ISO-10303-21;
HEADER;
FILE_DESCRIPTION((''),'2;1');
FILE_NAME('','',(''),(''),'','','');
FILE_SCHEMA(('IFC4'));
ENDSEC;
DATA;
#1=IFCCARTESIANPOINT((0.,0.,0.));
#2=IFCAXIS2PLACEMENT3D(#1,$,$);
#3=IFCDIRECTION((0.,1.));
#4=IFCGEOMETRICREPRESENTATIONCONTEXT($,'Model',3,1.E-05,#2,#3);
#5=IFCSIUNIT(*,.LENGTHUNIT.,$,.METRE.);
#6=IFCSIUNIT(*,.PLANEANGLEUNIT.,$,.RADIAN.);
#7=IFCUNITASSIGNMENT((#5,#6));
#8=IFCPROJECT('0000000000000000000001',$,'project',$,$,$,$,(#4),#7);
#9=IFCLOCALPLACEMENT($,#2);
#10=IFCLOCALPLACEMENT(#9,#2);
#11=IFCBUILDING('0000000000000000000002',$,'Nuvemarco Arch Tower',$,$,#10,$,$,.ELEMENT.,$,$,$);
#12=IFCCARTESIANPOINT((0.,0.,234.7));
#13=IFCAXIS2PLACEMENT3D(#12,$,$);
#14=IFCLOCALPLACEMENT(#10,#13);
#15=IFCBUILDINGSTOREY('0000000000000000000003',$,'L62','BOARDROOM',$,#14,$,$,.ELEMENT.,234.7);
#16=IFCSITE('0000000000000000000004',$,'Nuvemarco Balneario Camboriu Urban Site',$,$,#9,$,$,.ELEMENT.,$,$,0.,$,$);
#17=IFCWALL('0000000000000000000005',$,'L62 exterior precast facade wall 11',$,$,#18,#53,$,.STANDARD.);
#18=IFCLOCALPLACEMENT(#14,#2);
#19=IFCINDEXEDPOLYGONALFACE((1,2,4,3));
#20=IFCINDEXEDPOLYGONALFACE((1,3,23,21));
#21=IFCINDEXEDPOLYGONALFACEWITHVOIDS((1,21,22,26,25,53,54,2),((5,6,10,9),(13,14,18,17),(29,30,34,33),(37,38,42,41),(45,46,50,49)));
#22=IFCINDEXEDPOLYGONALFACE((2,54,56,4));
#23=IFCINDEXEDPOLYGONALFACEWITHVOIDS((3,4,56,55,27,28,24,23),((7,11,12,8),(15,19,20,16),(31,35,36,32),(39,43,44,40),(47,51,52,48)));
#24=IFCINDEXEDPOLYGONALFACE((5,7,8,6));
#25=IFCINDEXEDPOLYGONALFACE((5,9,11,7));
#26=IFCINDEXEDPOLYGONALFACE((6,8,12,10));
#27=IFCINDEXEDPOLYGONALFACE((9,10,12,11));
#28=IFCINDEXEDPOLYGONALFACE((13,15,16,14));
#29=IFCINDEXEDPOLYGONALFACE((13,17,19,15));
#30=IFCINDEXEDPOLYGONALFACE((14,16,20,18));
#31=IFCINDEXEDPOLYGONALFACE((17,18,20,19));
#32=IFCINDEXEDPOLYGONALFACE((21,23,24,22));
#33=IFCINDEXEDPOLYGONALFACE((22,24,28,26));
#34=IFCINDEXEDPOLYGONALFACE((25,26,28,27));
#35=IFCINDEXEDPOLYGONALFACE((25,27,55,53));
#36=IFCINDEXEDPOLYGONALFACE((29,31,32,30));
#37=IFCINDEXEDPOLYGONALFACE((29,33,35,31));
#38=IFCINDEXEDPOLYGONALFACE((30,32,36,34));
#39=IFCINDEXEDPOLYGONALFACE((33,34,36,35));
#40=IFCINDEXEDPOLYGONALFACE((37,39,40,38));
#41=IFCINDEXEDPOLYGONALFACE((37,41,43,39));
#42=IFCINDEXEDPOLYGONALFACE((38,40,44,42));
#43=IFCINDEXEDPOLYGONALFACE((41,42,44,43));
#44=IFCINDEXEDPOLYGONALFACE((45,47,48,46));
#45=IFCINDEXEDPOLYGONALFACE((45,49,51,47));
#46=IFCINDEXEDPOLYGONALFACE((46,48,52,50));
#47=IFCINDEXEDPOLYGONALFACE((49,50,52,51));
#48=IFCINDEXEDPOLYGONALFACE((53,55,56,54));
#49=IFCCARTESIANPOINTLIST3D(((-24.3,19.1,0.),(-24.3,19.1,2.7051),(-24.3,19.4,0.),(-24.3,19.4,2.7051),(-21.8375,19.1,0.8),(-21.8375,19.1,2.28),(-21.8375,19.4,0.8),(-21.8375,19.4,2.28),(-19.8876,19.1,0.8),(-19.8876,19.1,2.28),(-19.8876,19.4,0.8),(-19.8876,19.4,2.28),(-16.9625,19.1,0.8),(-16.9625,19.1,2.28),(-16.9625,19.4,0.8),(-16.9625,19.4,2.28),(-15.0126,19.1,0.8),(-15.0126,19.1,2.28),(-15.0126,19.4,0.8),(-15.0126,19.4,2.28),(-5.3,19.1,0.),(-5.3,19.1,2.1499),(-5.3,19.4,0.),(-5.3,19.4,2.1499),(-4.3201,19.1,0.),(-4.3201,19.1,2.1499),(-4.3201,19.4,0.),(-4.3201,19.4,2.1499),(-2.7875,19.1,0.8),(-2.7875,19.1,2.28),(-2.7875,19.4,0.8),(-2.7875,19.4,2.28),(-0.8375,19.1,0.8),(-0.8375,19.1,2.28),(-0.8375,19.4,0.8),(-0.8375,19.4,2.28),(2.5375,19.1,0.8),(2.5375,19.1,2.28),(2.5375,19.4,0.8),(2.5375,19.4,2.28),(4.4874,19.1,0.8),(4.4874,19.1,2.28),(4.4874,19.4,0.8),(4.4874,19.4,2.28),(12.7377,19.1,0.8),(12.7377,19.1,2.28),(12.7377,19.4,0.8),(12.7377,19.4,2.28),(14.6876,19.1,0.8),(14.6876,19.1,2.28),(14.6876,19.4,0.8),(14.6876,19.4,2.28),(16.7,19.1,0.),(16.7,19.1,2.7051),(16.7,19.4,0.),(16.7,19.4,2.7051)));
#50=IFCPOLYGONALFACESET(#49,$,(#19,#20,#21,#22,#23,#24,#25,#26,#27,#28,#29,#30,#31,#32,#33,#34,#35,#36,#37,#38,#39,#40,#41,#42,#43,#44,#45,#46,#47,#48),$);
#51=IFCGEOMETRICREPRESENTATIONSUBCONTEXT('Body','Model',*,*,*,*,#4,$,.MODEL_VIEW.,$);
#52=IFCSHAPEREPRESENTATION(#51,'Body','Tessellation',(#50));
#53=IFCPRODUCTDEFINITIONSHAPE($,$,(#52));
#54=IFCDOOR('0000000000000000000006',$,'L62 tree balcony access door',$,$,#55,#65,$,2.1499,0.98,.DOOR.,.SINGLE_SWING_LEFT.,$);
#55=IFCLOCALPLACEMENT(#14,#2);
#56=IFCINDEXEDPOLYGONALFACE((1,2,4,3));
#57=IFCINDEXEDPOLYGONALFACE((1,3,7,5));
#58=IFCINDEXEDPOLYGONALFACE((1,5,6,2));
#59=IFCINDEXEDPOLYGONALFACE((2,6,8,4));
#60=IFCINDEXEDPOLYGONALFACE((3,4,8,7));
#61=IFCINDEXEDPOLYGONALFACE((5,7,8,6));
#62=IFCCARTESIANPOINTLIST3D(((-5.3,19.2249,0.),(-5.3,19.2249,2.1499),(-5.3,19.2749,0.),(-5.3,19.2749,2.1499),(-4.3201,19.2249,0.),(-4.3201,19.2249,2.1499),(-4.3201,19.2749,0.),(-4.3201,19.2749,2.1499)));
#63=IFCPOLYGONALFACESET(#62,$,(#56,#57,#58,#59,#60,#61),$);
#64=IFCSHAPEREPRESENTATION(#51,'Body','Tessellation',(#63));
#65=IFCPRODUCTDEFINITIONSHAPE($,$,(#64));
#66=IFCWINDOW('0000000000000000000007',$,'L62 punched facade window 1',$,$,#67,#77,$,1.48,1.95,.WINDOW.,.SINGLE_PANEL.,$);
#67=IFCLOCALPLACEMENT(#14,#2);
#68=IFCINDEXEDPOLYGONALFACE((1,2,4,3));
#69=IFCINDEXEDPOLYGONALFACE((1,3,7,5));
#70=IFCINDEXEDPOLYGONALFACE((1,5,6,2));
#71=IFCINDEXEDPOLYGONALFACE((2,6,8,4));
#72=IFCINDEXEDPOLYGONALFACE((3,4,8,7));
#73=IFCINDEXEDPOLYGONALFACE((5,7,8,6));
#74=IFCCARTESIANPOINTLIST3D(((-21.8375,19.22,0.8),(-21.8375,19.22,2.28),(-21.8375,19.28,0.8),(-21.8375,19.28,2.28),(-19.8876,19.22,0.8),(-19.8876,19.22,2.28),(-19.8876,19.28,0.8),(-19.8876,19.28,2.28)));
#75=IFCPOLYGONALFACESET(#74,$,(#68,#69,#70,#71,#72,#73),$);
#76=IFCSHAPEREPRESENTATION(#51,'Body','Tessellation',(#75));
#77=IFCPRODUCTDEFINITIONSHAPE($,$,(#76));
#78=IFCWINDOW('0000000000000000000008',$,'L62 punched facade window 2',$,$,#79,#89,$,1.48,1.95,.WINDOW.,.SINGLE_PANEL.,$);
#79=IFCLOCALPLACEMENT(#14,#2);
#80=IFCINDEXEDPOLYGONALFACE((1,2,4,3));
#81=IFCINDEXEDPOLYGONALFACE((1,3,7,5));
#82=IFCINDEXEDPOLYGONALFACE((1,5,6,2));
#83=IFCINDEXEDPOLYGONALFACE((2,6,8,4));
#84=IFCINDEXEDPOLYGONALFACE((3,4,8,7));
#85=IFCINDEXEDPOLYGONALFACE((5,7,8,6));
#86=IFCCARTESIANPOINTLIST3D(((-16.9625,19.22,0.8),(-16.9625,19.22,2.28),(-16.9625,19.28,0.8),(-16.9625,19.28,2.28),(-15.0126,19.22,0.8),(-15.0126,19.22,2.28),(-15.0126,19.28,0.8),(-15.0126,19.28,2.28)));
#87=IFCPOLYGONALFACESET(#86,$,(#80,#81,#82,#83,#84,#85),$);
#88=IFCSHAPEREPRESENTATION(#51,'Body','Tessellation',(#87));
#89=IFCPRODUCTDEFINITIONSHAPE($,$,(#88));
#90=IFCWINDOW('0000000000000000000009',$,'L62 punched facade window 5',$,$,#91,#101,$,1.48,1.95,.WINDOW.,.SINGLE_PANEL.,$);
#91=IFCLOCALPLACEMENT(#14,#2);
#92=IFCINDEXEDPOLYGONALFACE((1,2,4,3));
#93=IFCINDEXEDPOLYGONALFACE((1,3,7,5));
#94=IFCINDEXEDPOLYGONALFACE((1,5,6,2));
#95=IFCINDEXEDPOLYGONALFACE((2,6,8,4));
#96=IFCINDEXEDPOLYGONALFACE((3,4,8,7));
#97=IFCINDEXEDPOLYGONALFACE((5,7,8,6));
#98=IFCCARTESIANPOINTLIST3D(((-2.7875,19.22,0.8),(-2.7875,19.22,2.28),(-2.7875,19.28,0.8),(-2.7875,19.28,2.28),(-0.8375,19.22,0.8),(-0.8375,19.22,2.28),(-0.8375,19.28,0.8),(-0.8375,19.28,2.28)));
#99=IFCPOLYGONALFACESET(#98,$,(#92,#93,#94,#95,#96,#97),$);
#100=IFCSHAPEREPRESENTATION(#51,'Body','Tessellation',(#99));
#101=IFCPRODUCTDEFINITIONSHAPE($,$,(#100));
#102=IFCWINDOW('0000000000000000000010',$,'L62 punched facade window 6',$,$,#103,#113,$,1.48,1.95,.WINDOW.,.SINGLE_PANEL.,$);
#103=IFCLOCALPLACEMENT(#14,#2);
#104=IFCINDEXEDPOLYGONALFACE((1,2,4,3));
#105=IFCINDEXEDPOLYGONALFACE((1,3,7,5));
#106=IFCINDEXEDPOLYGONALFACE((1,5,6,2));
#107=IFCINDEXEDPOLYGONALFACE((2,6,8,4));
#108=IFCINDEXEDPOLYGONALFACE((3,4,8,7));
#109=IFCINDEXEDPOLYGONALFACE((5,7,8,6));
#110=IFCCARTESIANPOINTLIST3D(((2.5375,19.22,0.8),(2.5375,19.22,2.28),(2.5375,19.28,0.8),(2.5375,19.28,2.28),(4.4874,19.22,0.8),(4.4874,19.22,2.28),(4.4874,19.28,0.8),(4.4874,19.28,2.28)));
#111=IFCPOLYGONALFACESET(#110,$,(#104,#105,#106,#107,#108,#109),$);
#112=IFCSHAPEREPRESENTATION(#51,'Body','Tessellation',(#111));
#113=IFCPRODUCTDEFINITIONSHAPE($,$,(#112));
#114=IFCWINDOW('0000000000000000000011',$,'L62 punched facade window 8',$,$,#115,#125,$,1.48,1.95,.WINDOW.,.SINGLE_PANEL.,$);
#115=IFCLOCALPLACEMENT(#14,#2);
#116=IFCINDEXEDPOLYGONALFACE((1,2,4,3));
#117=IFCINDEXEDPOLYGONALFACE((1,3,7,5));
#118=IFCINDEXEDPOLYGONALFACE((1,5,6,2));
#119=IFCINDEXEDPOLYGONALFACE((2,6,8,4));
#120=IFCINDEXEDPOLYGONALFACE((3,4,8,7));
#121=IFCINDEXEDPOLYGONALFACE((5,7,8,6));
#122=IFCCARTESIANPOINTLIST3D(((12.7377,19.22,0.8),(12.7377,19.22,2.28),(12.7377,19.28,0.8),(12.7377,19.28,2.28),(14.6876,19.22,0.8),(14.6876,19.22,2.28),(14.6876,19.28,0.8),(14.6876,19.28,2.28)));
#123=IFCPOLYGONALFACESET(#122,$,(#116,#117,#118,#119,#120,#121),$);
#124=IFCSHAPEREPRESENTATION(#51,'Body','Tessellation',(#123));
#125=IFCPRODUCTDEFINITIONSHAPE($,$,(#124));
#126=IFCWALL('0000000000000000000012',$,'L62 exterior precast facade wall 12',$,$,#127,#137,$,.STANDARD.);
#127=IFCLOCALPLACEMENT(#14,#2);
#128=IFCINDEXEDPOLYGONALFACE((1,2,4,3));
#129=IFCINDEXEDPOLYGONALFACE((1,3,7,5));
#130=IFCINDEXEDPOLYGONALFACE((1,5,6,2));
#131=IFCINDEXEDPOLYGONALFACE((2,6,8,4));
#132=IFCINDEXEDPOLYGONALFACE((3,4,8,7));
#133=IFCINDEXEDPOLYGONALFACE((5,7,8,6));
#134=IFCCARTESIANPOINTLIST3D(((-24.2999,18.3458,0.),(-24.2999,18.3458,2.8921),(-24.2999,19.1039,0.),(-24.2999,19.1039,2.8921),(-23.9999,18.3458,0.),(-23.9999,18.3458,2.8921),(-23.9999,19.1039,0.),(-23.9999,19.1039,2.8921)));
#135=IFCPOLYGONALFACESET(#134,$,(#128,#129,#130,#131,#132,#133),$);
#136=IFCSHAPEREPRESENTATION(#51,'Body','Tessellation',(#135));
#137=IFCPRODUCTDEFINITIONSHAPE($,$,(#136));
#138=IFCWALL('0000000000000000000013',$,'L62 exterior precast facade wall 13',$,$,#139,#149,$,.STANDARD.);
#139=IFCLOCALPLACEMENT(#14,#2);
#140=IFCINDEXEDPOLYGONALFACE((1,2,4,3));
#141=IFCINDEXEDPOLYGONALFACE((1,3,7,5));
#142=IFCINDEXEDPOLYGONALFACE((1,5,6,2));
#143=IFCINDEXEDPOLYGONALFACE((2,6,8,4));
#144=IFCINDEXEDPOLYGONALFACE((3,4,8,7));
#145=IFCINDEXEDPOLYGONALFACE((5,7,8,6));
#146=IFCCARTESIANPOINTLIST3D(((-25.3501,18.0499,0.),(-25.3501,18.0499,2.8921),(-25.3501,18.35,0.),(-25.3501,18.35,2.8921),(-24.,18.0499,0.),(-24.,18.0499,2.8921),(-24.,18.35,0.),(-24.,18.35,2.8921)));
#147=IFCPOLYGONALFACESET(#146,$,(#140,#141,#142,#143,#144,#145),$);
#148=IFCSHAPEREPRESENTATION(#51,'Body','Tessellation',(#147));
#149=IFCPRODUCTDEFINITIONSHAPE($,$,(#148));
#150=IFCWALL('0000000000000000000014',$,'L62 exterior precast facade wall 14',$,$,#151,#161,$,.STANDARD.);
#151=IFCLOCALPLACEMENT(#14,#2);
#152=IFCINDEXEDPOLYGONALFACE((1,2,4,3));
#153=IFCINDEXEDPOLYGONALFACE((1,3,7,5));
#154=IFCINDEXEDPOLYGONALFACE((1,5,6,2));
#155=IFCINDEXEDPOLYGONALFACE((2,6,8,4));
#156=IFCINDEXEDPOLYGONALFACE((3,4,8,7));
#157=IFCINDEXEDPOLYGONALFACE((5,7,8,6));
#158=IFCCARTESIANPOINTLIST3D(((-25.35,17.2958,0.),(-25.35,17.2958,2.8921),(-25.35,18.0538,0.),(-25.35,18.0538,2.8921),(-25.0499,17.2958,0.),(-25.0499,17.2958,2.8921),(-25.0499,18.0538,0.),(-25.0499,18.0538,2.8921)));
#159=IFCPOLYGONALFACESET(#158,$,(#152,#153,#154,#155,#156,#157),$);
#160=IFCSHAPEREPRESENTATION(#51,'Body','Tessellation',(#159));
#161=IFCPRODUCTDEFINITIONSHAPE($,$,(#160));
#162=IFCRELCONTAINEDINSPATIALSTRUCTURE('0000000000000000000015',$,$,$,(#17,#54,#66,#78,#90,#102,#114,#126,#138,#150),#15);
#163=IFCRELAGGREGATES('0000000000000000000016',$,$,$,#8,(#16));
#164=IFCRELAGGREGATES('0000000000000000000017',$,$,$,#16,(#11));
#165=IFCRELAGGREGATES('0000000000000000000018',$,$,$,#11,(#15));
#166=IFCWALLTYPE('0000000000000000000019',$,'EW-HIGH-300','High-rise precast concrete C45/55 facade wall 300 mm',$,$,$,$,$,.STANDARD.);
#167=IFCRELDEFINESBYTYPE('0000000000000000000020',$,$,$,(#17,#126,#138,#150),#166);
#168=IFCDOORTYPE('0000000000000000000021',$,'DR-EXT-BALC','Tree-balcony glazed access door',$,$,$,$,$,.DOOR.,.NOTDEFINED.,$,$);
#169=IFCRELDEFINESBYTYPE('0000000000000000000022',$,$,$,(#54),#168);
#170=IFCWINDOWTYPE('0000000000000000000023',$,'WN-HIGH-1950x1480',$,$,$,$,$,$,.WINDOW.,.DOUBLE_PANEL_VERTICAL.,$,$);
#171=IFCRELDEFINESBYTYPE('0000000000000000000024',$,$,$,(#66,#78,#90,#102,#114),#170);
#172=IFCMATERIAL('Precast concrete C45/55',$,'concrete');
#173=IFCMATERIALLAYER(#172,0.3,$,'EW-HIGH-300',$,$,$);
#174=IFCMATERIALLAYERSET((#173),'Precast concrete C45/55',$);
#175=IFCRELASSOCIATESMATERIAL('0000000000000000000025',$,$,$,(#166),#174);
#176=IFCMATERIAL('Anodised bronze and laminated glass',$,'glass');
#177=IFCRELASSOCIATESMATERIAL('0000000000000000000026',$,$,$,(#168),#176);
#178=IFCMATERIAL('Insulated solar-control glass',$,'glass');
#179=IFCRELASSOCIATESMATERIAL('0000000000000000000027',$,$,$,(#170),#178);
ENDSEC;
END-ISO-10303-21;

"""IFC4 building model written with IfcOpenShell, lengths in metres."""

from ifc_helpers import new_model, si_unit, direction, frame, frame_2d, origin, place, context, subcontext, project, spatial, rectangle, extrude, source, transform, mapped, material, layer, layer_set, type_object, type_shapes, element, fill, save


model = new_model("IFC4")

# Units and contexts
model_context = context("Model", 3, precision=1e-05, world=origin(), true_north=direction((0.0, 1.0)))
body_context = subcontext(model_context, "Body", "Model", "MODEL_VIEW")
ifc_project = project(units=[si_unit("LENGTHUNIT", "METRE"), si_unit("PLANEANGLEUNIT", "RADIAN")], contexts=[model_context])

# Site, building, storey
site_placement = place(None, origin())
site = spatial("IfcSite", under=ifc_project, at=site_placement, Name="Nuvemarco Balneario Camboriu Urban Site", CompositionType="ELEMENT", RefElevation=0.0)
building_placement = place(site_placement, origin())
building = spatial("IfcBuilding", under=site, at=building_placement, Name="Nuvemarco Arch Tower", CompositionType="ELEMENT")
storey_placement = place(building_placement, frame((0.0, 0.0, 234.7)))
storey = spatial("IfcBuildingStorey", under=building, at=storey_placement, Name="L62", Description="BOARDROOM", CompositionType="ELEMENT", Elevation=234.7)

# Wall, openings, door, windows
ifc_material_1 = material(Name="Precast concrete C45/55", Category="concrete")
ifc_layer_1 = layer(ifc_material_1, 0.3, Name="EW-HIGH-300")
ifc_layer_set_1 = layer_set([ifc_layer_1], Name="Precast concrete C45/55")
wall_type_1 = type_object("IfcWallType", Name="EW-HIGH-300", Description="High-rise precast concrete C45/55 facade wall 300 mm", PredefinedType="STANDARD", material=ifc_layer_set_1)
wall_1_placement = place(storey_placement, frame((-24.3, 19.25, 0.0), z_axis=(0.0, 0.0, 1.0), x_axis=(1.0, 0.0, 0.0)))
wall_1 = element("IfcWall", 1, at=wall_1_placement, inside=storey, type_object=wall_type_1, Name="L62 exterior precast facade wall 11", PredefinedType="STANDARD", context=body_context, shape_type="SweptSolid", body=[
    extrude(rectangle(XDim=41.0, YDim=0.3, at=frame_2d((20.5, 0.0))), origin(), (0.0, 0.0, 1.0), 2.7051),
])
opening_1_placement = place(wall_1_placement, frame((19.0, 0.0, 0.0)))
opening_1 = element("IfcOpeningElement", 2, at=opening_1_placement, cuts=wall_1, PredefinedType="OPENING", context=body_context, shape_type="SweptSolid", body=[
    extrude(rectangle(XDim=0.98, YDim=2.1499, at=frame_2d((0.49, 1.075))), frame((0.0, 0.1599, 0.0), z_axis=(0.0, -1.0, 0.0), x_axis=(1.0, 0.0, 0.0)), (0.0, 0.0, 1.0), 0.3201),
])
opening_2_placement = place(wall_1_placement, frame((2.4624, 0.0, 0.8)))
opening_2 = element("IfcOpeningElement", 3, at=opening_2_placement, cuts=wall_1, PredefinedType="OPENING", context=body_context, shape_type="SweptSolid", body=[
    extrude(rectangle(XDim=1.95, YDim=1.48, at=frame_2d((0.9751, 0.74))), frame((0.0, 0.1599, 0.0), z_axis=(0.0, -1.0, 0.0), x_axis=(1.0, 0.0, 0.0)), (0.0, 0.0, 1.0), 0.3201),
])
opening_3_placement = place(wall_1_placement, frame((7.3374, 0.0, 0.8)))
opening_3 = element("IfcOpeningElement", 4, at=opening_3_placement, cuts=wall_1, PredefinedType="OPENING", context=body_context, shape_type="SweptSolid", body=[
    extrude(rectangle(XDim=1.95, YDim=1.48, at=frame_2d((0.9751, 0.74))), frame((0.0, 0.1599, 0.0), z_axis=(0.0, -1.0, 0.0), x_axis=(1.0, 0.0, 0.0)), (0.0, 0.0, 1.0), 0.3201),
])
opening_4_placement = place(wall_1_placement, frame((21.5125, 0.0, 0.8)))
opening_4 = element("IfcOpeningElement", 5, at=opening_4_placement, cuts=wall_1, PredefinedType="OPENING", context=body_context, shape_type="SweptSolid", body=[
    extrude(rectangle(XDim=1.95, YDim=1.48, at=frame_2d((0.9751, 0.74))), frame((0.0, 0.1599, 0.0), z_axis=(0.0, -1.0, 0.0), x_axis=(1.0, 0.0, 0.0)), (0.0, 0.0, 1.0), 0.3201),
])
opening_5_placement = place(wall_1_placement, frame((26.8374, 0.0, 0.8)))
opening_5 = element("IfcOpeningElement", 6, at=opening_5_placement, cuts=wall_1, PredefinedType="OPENING", context=body_context, shape_type="SweptSolid", body=[
    extrude(rectangle(XDim=1.95, YDim=1.48, at=frame_2d((0.9751, 0.74))), frame((0.0, 0.1599, 0.0), z_axis=(0.0, -1.0, 0.0), x_axis=(1.0, 0.0, 0.0)), (0.0, 0.0, 1.0), 0.3201),
])
opening_6_placement = place(wall_1_placement, frame((37.0376, 0.0, 0.8)))
opening_6 = element("IfcOpeningElement", 7, at=opening_6_placement, cuts=wall_1, PredefinedType="OPENING", context=body_context, shape_type="SweptSolid", body=[
    extrude(rectangle(XDim=1.95, YDim=1.48, at=frame_2d((0.9751, 0.74))), frame((0.0, 0.1599, 0.0), z_axis=(0.0, -1.0, 0.0), x_axis=(1.0, 0.0, 0.0)), (0.0, 0.0, 1.0), 0.3201),
])
ifc_material_2 = material(Name="Anodised bronze and laminated glass", Category="glass")
door_type_1 = type_object("IfcDoorType", Name="DR-EXT-BALC", Description="Tree-balcony glazed access door", OperationType="NOTDEFINED", PredefinedType="DOOR", material=ifc_material_2)
shared_shape_1 = source(origin(), body_context, "Body", "SweptSolid", [
    extrude(rectangle(XDim=0.98, YDim=2.1499, at=frame_2d((0.49, 1.075))), frame((0.0, 0.0249, 0.0), z_axis=(0.0, -1.0, 0.0), x_axis=(1.0, 0.0, 0.0)), (0.0, 0.0, 1.0), 0.05),
])
type_shapes(door_type_1, [shared_shape_1])
door_1_placement = place(opening_1_placement, origin())
door_1 = element("IfcDoor", 8, at=door_1_placement, inside=storey, type_object=door_type_1, Name="L62 tree balcony access door", OperationType="SINGLE_SWING_LEFT", OverallHeight=2.1499, OverallWidth=0.98, PredefinedType="DOOR", context=body_context, shape_type="MappedRepresentation", body=[
    mapped(shared_shape_1, transform((0.0, 0.0, 0.0), scale=1.0)),
])
fill(opening_1, door_1)
ifc_material_3 = material(Name="Insulated solar-control glass", Category="glass")
window_type = type_object("IfcWindowType", Name="WN-HIGH-1950x1480", PartitioningType="DOUBLE_PANEL_VERTICAL", PredefinedType="WINDOW", material=ifc_material_3)
shared_shape_2 = source(origin(), body_context, "Body", "SweptSolid", [
    extrude(rectangle(XDim=1.95, YDim=1.48, at=frame_2d((0.9751, 0.74))), frame((0.0, 0.03, 0.0), z_axis=(0.0, -1.0, 0.0), x_axis=(1.0, 0.0, 0.0)), (0.0, 0.0, 1.0), 0.0601),
])
type_shapes(window_type, [shared_shape_2])
window_1_placement = place(opening_2_placement, origin())
window_1 = element("IfcWindow", 9, at=window_1_placement, inside=storey, type_object=window_type, Name="L62 punched facade window 1", OverallHeight=1.48, OverallWidth=1.95, PartitioningType="SINGLE_PANEL", PredefinedType="WINDOW", context=body_context, shape_type="MappedRepresentation", body=[
    mapped(shared_shape_2, transform((0.0, 0.0, 0.0), scale=1.0)),
])
fill(opening_2, window_1)
window_2_placement = place(opening_3_placement, origin())
window_2 = element("IfcWindow", 10, at=window_2_placement, inside=storey, type_object=window_type, Name="L62 punched facade window 2", OverallHeight=1.48, OverallWidth=1.95, PartitioningType="SINGLE_PANEL", PredefinedType="WINDOW", context=body_context, shape_type="MappedRepresentation", body=[
    mapped(shared_shape_2, transform((0.0, 0.0, 0.0), scale=1.0)),
])
fill(opening_3, window_2)
window_3_placement = place(opening_4_placement, origin())
window_3 = element("IfcWindow", 11, at=window_3_placement, inside=storey, type_object=window_type, Name="L62 punched facade window 5", OverallHeight=1.48, OverallWidth=1.95, PartitioningType="SINGLE_PANEL", PredefinedType="WINDOW", context=body_context, shape_type="MappedRepresentation", body=[
    mapped(shared_shape_2, transform((0.0, 0.0, 0.0), scale=1.0)),
])
fill(opening_4, window_3)
window_4_placement = place(opening_5_placement, origin())
window_4 = element("IfcWindow", 12, at=window_4_placement, inside=storey, type_object=window_type, Name="L62 punched facade window 6", OverallHeight=1.48, OverallWidth=1.95, PartitioningType="SINGLE_PANEL", PredefinedType="WINDOW", context=body_context, shape_type="MappedRepresentation", body=[
    mapped(shared_shape_2, transform((0.0, 0.0, 0.0), scale=1.0)),
])
fill(opening_5, window_4)
window_5_placement = place(opening_6_placement, origin())
window_5 = element("IfcWindow", 13, at=window_5_placement, inside=storey, type_object=window_type, Name="L62 punched facade window 8", OverallHeight=1.48, OverallWidth=1.95, PartitioningType="SINGLE_PANEL", PredefinedType="WINDOW", context=body_context, shape_type="MappedRepresentation", body=[
    mapped(shared_shape_2, transform((0.0, 0.0, 0.0), scale=1.0)),
])
fill(opening_6, window_5)

# Walls
wall_2_placement = place(storey_placement, frame((-24.1499, 18.3459, 0.0), z_axis=(0.0, 0.0, 1.0), x_axis=(0.0, 1.0, 0.0)))
element("IfcWall", 14, at=wall_2_placement, inside=storey, type_object=wall_type_1, Name="L62 exterior precast facade wall 12", PredefinedType="STANDARD", context=body_context, shape_type="SweptSolid", body=[
    extrude(rectangle(XDim=0.7581, YDim=0.3, at=frame_2d((0.3789, 0.0))), origin(), (0.0, 0.0, 1.0), 2.8921),
])
wall_3_placement = place(storey_placement, frame((-25.3501, 18.2, 0.0), z_axis=(0.0, 0.0, 1.0), x_axis=(1.0, 0.0, 0.0)))
element("IfcWall", 15, at=wall_3_placement, inside=storey, type_object=wall_type_1, Name="L62 exterior precast facade wall 13", PredefinedType="STANDARD", context=body_context, shape_type="SweptSolid", body=[
    extrude(rectangle(XDim=1.3501, YDim=0.3, at=frame_2d((0.675, 0.0))), origin(), (0.0, 0.0, 1.0), 2.8921),
])
wall_4_placement = place(storey_placement, frame((-25.2, 17.2959, 0.0), z_axis=(0.0, 0.0, 1.0), x_axis=(0.0, 1.0, 0.0)))
element("IfcWall", 16, at=wall_4_placement, inside=storey, type_object=wall_type_1, Name="L62 exterior precast facade wall 14", PredefinedType="STANDARD", context=body_context, shape_type="SweptSolid", body=[
    extrude(rectangle(XDim=0.7581, YDim=0.3, at=frame_2d((0.3789, 0.0))), origin(), (0.0, 0.0, 1.0), 2.8921),
])

save(model, "model.ifc")
